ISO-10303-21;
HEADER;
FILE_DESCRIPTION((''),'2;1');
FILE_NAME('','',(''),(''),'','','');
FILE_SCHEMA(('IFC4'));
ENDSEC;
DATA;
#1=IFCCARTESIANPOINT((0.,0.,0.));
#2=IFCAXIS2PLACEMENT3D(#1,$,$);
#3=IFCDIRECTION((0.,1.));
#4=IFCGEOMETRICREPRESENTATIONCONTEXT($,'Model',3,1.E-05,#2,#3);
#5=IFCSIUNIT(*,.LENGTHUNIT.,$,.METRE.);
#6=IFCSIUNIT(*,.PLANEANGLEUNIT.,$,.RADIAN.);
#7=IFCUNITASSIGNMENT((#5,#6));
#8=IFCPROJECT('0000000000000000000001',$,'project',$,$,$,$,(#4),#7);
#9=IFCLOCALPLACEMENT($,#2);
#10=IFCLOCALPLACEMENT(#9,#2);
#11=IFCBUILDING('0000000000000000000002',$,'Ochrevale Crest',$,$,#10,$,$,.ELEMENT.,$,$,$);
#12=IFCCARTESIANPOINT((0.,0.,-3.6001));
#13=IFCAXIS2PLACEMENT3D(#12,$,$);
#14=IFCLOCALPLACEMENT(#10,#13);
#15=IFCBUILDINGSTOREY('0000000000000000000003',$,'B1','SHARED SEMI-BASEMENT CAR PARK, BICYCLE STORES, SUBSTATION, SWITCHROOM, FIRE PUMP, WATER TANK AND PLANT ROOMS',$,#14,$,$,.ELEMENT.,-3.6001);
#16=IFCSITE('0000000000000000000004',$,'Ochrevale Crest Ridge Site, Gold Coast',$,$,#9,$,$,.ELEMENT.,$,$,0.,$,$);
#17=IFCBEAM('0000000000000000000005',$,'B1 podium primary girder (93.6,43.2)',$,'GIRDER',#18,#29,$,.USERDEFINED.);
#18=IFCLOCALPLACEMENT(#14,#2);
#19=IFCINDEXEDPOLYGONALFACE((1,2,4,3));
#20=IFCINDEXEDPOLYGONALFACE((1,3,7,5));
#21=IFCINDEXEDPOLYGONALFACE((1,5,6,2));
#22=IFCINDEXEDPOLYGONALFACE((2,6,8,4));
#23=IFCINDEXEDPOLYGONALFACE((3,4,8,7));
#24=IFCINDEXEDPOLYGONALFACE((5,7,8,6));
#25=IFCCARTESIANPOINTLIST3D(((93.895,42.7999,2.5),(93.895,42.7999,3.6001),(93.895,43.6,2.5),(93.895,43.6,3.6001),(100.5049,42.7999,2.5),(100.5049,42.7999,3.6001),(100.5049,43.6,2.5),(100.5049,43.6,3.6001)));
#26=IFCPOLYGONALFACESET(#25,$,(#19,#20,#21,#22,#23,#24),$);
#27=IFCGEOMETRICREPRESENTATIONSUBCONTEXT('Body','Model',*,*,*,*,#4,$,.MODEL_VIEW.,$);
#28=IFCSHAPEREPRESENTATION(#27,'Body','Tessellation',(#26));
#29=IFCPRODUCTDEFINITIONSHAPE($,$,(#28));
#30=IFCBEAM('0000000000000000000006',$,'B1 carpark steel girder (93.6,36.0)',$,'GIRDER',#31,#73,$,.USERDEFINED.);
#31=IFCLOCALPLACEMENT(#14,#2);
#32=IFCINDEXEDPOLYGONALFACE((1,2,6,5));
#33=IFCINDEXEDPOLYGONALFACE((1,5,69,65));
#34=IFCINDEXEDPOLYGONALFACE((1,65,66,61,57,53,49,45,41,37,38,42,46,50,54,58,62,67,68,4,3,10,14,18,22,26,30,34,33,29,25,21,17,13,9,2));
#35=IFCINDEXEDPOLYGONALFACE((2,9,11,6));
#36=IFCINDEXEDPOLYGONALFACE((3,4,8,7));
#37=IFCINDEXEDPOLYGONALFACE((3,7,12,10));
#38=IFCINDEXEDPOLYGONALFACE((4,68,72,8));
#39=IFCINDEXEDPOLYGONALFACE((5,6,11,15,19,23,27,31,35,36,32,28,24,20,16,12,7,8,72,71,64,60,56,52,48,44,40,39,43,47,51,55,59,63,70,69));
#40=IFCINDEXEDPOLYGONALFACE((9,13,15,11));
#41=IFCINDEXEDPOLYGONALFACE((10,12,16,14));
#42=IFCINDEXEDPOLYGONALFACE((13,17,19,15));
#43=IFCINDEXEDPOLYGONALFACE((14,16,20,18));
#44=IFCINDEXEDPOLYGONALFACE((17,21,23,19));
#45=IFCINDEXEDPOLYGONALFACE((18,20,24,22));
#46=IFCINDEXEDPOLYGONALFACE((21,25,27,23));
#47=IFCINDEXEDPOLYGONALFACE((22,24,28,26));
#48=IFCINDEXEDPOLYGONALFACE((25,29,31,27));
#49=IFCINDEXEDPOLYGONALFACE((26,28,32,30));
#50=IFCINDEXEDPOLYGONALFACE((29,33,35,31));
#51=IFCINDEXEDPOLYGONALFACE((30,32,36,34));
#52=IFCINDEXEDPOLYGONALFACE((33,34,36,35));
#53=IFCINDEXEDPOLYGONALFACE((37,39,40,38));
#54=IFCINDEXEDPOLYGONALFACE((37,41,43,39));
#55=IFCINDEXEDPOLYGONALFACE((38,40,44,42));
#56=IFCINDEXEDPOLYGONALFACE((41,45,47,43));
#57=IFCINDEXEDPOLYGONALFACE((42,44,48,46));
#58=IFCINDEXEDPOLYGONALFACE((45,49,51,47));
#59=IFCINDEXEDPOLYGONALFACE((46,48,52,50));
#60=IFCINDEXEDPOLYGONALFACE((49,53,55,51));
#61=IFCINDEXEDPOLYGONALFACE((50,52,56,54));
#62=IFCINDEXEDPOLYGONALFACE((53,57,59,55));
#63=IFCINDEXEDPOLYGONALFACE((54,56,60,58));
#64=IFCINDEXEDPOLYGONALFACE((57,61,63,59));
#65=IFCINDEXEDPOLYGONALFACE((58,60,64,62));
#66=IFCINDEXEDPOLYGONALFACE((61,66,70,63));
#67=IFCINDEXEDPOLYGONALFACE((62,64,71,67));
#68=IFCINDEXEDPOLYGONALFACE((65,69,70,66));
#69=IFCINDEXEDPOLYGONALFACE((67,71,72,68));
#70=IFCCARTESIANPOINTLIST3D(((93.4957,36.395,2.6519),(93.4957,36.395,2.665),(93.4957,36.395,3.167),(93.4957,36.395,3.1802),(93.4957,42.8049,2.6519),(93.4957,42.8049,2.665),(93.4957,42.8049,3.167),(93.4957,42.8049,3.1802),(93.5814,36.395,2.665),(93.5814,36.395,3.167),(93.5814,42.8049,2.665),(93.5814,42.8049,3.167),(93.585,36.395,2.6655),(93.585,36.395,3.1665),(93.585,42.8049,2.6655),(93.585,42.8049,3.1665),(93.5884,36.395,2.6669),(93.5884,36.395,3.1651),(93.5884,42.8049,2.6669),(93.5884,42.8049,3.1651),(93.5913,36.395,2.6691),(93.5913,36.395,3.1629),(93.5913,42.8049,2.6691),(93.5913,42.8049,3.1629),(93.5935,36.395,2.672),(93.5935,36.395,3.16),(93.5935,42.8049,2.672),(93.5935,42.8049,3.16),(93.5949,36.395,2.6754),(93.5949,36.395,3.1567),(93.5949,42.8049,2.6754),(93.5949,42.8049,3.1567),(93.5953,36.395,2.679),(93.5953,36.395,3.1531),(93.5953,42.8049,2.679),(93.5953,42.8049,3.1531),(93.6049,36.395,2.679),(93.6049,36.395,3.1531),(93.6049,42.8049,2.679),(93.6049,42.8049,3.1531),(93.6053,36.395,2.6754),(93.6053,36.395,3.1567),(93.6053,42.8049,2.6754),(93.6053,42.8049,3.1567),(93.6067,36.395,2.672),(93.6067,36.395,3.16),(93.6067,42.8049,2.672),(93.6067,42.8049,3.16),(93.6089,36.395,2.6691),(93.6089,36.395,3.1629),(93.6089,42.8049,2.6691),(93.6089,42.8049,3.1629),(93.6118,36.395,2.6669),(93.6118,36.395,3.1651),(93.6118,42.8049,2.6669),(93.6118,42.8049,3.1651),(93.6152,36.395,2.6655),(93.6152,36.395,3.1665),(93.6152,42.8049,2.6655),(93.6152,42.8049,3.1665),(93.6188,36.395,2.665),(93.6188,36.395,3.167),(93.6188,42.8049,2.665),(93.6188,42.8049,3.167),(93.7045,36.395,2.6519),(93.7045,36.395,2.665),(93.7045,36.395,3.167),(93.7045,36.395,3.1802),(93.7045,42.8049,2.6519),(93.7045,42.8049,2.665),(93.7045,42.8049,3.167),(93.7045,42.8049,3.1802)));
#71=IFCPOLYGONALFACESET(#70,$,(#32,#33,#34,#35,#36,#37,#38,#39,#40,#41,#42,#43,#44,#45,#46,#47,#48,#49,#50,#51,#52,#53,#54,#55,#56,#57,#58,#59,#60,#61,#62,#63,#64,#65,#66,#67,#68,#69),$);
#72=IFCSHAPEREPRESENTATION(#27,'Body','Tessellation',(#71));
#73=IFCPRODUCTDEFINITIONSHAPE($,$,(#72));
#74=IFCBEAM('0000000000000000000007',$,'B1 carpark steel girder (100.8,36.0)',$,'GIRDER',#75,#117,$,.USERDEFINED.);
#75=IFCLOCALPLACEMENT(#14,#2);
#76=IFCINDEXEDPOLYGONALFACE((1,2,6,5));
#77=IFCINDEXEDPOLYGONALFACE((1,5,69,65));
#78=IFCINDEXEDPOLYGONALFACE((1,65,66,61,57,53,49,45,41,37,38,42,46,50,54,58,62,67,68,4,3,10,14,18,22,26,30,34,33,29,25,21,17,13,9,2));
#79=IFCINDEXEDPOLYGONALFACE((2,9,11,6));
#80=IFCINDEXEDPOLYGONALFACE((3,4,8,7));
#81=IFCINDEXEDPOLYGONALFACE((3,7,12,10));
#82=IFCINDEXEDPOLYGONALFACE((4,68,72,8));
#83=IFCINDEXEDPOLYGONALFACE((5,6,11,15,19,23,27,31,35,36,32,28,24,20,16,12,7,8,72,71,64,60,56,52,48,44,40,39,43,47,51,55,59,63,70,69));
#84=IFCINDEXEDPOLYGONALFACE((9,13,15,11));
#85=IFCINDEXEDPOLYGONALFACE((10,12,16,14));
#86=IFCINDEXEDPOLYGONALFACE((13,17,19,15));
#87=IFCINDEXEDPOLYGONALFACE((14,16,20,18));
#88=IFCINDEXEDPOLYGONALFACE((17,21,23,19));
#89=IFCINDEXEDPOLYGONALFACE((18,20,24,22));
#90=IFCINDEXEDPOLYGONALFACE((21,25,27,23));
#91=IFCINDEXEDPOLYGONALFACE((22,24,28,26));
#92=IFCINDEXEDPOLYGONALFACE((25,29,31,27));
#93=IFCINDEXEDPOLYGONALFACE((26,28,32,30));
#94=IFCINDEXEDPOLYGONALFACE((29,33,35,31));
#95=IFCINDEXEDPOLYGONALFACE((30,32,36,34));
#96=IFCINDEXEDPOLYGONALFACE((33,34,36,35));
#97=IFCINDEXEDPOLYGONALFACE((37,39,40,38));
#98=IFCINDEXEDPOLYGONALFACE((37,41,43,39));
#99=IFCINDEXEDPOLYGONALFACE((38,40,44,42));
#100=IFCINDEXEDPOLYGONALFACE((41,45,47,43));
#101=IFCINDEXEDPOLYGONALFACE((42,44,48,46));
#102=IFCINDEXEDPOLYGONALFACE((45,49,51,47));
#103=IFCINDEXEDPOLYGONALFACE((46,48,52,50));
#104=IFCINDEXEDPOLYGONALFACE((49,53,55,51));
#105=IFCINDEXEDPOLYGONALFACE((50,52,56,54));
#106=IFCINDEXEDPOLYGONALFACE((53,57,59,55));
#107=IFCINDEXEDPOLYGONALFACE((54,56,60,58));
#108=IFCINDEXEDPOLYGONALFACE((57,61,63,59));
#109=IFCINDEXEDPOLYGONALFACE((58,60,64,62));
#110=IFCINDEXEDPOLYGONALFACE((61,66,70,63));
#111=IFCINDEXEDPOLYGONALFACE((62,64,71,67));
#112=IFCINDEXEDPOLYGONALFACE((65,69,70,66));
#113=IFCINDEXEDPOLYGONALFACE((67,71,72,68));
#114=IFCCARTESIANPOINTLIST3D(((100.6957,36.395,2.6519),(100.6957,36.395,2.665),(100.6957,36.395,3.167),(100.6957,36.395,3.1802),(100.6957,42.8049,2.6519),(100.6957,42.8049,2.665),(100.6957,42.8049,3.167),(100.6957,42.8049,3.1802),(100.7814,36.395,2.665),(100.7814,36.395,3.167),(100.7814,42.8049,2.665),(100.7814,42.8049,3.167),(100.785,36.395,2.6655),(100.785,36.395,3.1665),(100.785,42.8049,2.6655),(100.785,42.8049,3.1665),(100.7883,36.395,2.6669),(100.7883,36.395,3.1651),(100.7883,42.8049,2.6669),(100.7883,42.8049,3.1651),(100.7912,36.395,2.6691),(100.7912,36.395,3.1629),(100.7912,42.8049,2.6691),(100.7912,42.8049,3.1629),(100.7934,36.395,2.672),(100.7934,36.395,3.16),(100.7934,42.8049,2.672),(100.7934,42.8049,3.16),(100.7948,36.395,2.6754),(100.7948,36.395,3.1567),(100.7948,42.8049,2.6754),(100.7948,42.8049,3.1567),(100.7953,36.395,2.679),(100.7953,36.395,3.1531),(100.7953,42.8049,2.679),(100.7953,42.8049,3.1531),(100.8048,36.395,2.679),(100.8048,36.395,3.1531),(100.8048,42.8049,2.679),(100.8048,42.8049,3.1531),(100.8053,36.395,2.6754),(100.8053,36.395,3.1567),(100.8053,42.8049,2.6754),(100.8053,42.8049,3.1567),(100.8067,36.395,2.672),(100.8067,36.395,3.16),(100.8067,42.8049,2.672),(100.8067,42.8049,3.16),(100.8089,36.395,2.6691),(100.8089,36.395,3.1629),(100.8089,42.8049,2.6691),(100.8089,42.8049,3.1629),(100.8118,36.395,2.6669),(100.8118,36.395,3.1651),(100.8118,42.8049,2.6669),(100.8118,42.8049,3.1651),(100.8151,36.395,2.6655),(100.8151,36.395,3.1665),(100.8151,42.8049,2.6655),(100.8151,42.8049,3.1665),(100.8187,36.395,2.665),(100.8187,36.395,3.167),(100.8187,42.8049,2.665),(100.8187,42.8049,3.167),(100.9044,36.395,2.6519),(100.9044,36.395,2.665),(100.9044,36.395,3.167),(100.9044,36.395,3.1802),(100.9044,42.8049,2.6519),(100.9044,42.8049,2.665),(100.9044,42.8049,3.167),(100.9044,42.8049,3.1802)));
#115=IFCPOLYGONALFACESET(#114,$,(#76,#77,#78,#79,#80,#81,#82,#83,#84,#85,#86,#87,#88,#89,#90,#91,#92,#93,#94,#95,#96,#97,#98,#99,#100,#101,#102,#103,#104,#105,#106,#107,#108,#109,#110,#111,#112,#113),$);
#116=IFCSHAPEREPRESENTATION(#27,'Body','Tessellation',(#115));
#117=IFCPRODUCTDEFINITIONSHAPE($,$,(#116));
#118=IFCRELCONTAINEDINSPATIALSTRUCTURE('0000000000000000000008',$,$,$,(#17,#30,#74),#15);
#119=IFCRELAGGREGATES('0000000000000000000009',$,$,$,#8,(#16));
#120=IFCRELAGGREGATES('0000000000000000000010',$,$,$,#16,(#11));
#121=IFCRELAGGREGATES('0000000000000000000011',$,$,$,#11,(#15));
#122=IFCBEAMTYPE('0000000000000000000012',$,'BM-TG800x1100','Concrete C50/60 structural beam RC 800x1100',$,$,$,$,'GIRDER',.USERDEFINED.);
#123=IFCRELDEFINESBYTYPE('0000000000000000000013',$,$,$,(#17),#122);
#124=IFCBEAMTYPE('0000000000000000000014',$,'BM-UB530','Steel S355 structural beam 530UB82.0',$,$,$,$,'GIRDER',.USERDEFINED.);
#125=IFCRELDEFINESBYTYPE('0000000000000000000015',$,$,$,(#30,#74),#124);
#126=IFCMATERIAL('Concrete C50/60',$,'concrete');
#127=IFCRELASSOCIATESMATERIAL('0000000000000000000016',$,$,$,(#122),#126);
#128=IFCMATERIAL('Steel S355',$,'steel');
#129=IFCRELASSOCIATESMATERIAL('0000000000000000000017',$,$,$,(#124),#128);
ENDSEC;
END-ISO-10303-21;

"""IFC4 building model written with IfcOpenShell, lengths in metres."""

from ifc_helpers import new_model, si_unit, direction, frame, origin, origin_2d, place, context, subcontext, project, spatial, rectangle, i_section, extrude, material, material_profile, profile_set, type_object, element, save


model = new_model("IFC4")

# Units and contexts
model_context = context("Model", 3, precision=1e-05, world=origin(), true_north=direction((0.0, 1.0)))
body_context = subcontext(model_context, "Body", "Model", "MODEL_VIEW")
ifc_project = project(units=[si_unit("LENGTHUNIT", "METRE"), si_unit("PLANEANGLEUNIT", "RADIAN")], contexts=[model_context])

# Site, building, storey
site_placement = place(None, origin())
site = spatial("IfcSite", under=ifc_project, at=site_placement, Name="Ochrevale Crest Ridge Site, Gold Coast", CompositionType="ELEMENT", RefElevation=0.0)
building_placement = place(site_placement, origin())
building = spatial("IfcBuilding", under=site, at=building_placement, Name="Ochrevale Crest", CompositionType="ELEMENT")
storey_placement = place(building_placement, frame((0.0, 0.0, -3.6001)))
storey = spatial("IfcBuildingStorey", under=building, at=storey_placement, Name="B1", Description="SHARED SEMI-BASEMENT CAR PARK, BICYCLE STORES, SUBSTATION, SWITCHROOM, FIRE PUMP, WATER TANK AND PLANT ROOMS", CompositionType="ELEMENT", Elevation=-3.6001)

# Shared definitions
ifc_material_1 = material(Name="Concrete C50/60", Category="concrete")

# Beams
ifc_material_profile_1 = material_profile(ifc_material_1, rectangle(XDim=0.8, YDim=1.1001, at=origin_2d()), Name="RC 800x1100")
ifc_profile_set_1 = profile_set([ifc_material_profile_1], Name="Concrete C50/60")
beam_type_1 = type_object("IfcBeamType", Name="BM-TG800x1100", Description="Concrete C50/60 structural beam RC 800x1100", ElementType="GIRDER", PredefinedType="USERDEFINED", material=ifc_profile_set_1)
beam_placement = place(storey_placement, frame((93.895, 43.2, 3.05), z_axis=(1.0, 0.0, 0.0), x_axis=(0.0, 1.0, 0.0)))
element("IfcBeam", 1, at=beam_placement, inside=storey, type_object=beam_type_1, Name="B1 podium primary girder (93.6,43.2)", ObjectType="GIRDER", PredefinedType="USERDEFINED", context=body_context, shape_type="SweptSolid", body=[
    extrude(rectangle(XDim=0.8, YDim=1.1001, at=origin_2d()), origin(), (0.0, 0.0, 1.0), 6.6099),
])
ifc_material_2 = material(Name="Steel S355", Category="steel")
ifc_material_profile_2 = material_profile(ifc_material_2, i_section(OverallWidth=0.2087, OverallDepth=0.5283, WebThickness=0.0095, FlangeThickness=0.0132, FilletRadius=0.0139, at=origin_2d()), Name="530UB82.0")
ifc_profile_set_2 = profile_set([ifc_material_profile_2], Name="Steel S355")
beam_type_2 = type_object("IfcBeamType", Name="BM-UB530", Description="Steel S355 structural beam 530UB82.0", ElementType="GIRDER", PredefinedType="USERDEFINED", material=ifc_profile_set_2)
for number, where, z_axis, x_axis, name in (
    (2, (93.6001, 36.395, 2.916), (0.0, 1.0, 0.0), (-1.0, 0.0, 0.0), "B1 carpark steel girder (93.6,36.0)"),
    (3, (100.8, 36.395, 2.916), (0.0, 1.0, 0.0), (-1.0, 0.0, 0.0), "B1 carpark steel girder (100.8,36.0)"),
):
    element("IfcBeam", number, at=place(storey_placement, frame(where, z_axis=z_axis, x_axis=x_axis)), inside=storey, type_object=beam_type_2, Name=name, ObjectType="GIRDER", PredefinedType="USERDEFINED", context=body_context, shape_type="SweptSolid", body=[
        extrude(i_section(OverallWidth=0.2087, OverallDepth=0.5283, WebThickness=0.0095, FlangeThickness=0.0132, FilletRadius=0.0139, at=origin_2d()), origin(), (0.0, 0.0, 1.0), 6.4099),
    ])

save(model, "model.ifc")
